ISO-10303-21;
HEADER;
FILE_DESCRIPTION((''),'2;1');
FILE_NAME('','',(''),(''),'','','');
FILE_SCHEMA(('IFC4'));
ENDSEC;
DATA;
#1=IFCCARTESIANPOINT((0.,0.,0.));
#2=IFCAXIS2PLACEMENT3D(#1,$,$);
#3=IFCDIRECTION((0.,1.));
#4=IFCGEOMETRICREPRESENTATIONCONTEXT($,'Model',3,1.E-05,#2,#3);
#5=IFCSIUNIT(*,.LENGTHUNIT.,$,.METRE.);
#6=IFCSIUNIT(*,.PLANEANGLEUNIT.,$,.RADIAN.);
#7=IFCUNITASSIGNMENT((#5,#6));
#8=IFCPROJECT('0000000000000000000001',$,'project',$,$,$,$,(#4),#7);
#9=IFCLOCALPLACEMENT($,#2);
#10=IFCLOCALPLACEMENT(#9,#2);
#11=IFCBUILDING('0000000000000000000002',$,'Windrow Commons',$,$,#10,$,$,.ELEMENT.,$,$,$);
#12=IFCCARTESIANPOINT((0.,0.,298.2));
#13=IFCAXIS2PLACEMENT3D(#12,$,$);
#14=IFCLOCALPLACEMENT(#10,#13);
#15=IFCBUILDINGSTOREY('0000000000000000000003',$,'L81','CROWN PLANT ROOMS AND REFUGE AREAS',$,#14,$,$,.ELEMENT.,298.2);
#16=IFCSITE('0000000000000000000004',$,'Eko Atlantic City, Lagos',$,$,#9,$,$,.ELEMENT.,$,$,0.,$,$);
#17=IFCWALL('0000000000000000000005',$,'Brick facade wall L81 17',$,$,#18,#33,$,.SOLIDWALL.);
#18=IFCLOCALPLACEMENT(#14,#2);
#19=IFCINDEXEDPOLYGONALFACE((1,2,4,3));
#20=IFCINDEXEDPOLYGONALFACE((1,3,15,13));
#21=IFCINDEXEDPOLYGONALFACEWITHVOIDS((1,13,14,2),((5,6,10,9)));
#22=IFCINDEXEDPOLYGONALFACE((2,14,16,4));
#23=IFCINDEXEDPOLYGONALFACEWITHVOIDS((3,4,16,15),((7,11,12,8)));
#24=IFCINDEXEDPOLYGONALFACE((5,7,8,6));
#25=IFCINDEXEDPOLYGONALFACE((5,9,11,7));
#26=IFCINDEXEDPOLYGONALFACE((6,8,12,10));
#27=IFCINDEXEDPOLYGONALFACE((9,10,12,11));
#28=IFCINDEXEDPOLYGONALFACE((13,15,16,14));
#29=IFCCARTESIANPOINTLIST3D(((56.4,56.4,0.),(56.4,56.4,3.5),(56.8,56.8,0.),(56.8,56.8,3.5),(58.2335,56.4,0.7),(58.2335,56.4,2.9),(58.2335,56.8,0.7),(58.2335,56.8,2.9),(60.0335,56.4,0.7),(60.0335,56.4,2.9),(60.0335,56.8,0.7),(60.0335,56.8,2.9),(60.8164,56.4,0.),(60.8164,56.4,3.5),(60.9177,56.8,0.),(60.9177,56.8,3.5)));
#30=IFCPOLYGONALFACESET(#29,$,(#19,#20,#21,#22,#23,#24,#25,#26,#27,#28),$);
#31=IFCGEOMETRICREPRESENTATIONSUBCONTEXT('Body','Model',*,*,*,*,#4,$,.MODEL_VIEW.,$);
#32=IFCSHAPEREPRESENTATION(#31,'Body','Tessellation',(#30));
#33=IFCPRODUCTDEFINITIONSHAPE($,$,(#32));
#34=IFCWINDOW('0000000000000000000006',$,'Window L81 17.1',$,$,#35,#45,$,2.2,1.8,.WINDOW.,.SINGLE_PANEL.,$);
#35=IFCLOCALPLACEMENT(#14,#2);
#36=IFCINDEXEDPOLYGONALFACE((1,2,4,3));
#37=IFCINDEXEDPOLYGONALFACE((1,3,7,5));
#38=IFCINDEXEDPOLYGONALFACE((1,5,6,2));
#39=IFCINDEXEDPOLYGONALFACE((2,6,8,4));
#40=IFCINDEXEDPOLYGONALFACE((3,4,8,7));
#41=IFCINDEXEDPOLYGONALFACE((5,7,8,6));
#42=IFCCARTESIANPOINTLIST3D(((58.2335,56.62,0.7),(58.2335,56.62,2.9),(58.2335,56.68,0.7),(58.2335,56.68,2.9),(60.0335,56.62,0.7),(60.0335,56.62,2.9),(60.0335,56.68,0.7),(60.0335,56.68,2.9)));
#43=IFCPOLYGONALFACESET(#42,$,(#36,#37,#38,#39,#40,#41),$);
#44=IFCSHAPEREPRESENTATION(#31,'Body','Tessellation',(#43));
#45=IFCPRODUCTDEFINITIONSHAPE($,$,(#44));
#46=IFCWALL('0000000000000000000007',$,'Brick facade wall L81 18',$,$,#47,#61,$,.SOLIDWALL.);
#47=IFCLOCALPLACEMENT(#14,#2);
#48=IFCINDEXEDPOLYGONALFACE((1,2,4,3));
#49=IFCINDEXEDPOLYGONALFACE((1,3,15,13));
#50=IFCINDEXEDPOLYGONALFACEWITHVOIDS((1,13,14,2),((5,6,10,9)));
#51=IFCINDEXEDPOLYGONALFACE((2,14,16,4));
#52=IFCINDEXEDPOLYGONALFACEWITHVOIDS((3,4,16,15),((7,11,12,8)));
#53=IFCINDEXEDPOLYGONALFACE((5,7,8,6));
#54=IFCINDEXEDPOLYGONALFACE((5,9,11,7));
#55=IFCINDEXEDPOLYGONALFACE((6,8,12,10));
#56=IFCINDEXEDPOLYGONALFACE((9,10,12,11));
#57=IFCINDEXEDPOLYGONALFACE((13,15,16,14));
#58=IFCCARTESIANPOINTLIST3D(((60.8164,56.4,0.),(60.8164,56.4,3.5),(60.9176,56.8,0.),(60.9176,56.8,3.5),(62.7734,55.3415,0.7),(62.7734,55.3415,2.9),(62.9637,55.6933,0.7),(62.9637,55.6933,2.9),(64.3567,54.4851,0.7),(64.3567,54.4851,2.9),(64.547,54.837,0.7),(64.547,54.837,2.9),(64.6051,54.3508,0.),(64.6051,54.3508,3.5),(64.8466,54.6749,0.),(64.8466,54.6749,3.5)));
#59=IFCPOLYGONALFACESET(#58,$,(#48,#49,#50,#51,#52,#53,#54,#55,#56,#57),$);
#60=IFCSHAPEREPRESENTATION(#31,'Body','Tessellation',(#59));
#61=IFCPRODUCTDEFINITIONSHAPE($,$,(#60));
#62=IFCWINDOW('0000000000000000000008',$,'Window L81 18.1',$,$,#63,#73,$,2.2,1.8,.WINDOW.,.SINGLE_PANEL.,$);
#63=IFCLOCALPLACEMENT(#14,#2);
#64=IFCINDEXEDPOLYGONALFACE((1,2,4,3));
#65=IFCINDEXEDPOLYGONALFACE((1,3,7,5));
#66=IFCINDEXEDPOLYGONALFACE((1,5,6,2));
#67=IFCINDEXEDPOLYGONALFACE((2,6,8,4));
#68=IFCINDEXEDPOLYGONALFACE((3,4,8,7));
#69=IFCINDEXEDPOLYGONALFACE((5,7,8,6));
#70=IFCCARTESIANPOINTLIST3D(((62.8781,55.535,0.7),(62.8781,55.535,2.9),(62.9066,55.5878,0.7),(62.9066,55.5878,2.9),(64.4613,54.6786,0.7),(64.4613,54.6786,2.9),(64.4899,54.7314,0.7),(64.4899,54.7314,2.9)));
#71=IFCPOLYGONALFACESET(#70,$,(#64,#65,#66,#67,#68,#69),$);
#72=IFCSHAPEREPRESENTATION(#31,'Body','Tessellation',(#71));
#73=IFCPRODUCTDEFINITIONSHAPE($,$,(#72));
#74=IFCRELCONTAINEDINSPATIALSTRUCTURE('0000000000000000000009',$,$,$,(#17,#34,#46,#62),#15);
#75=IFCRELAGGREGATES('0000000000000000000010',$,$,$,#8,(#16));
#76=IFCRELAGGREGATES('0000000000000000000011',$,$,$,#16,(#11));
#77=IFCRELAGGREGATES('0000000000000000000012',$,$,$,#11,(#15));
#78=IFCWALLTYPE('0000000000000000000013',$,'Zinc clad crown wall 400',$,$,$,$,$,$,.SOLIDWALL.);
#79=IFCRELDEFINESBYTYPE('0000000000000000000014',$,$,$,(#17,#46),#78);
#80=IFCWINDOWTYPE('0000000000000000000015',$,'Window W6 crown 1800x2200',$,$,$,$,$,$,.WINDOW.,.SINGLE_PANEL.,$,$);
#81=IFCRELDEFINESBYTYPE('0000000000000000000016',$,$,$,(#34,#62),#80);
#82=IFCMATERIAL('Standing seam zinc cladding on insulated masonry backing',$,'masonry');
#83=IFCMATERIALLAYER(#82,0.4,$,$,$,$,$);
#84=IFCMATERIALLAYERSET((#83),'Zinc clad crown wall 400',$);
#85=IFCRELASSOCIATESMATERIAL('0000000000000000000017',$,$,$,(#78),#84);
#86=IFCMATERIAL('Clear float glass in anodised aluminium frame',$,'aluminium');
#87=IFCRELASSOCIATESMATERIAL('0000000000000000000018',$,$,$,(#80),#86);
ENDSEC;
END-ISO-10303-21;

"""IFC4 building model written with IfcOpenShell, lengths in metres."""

from ifc_helpers import new_model, si_unit, direction, frame, frame_2d, origin, place, context, subcontext, project, spatial, polyline, rectangle, outline, extrude, material, layer, layer_set, type_object, element, fill, save


model = new_model("IFC4")

# Units and contexts
model_context = context("Model", 3, precision=1e-05, world=origin(), true_north=direction((0.0, 1.0)))
body_context = subcontext(model_context, "Body", "Model", "MODEL_VIEW")
ifc_project = project(units=[si_unit("LENGTHUNIT", "METRE"), si_unit("PLANEANGLEUNIT", "RADIAN")], contexts=[model_context])

# Site, building, storey
site_placement = place(None, origin())
site = spatial("IfcSite", under=ifc_project, at=site_placement, Name="Eko Atlantic City, Lagos", CompositionType="ELEMENT", RefElevation=0.0)
building_placement = place(site_placement, origin())
building = spatial("IfcBuilding", under=site, at=building_placement, Name="Windrow Commons", CompositionType="ELEMENT")
storey_placement = place(building_placement, frame((0.0, 0.0, 298.2)))
storey = spatial("IfcBuildingStorey", under=building, at=storey_placement, Name="L81", Description="CROWN PLANT ROOMS AND REFUGE AREAS", CompositionType="ELEMENT", Elevation=298.2)

# Walls, openings, windows
ifc_material_1 = material(Name="Standing seam zinc cladding on insulated masonry backing", Category="masonry")
ifc_layer_1 = layer(ifc_material_1, 0.4)
ifc_layer_set_1 = layer_set([ifc_layer_1], Name="Zinc clad crown wall 400")
wall_type_1 = type_object("IfcWallType", Name="Zinc clad crown wall 400", PredefinedType="SOLIDWALL", material=ifc_layer_set_1)
wall_1_placement = place(storey_placement, frame((56.6, 56.6, 0.0), z_axis=(0.0, 0.0, 1.0), x_axis=(1.0, 0.0, 0.0)))
wall_1 = element("IfcWall", 1, at=wall_1_placement, inside=storey, type_object=wall_type_1, Name="Brick facade wall L81 17", PredefinedType="SOLIDWALL", context=body_context, shape_type="SweptSolid", body=[
    extrude(outline(polyline([(-0.2, -0.2), (4.2164, -0.2), (4.3177, 0.2), (0.2, 0.2), (-0.2, -0.2)])), origin(), (0.0, 0.0, 1.0), 3.5),
])
opening_1_placement = place(wall_1_placement, frame((1.6335, 0.0, 0.7)))
opening_1 = element("IfcOpeningElement", 2, at=opening_1_placement, cuts=wall_1, PredefinedType="OPENING", context=body_context, shape_type="SweptSolid", body=[
    extrude(rectangle(XDim=1.8, YDim=2.2, at=frame_2d((0.9, 1.1))), frame((0.0, 0.21, 0.0), z_axis=(0.0, -1.0, 0.0), x_axis=(1.0, 0.0, 0.0)), (0.0, 0.0, 1.0), 0.42),
])
ifc_material_2 = material(Name="Clear float glass in anodised aluminium frame", Category="aluminium")
window_type = type_object("IfcWindowType", Name="Window W6 crown 1800x2200", PartitioningType="SINGLE_PANEL", PredefinedType="WINDOW", material=ifc_material_2)
window_1_placement = place(opening_1_placement, origin())
window_1 = element("IfcWindow", 3, at=window_1_placement, inside=storey, type_object=window_type, Name="Window L81 17.1", OverallHeight=2.2, OverallWidth=1.8, PartitioningType="SINGLE_PANEL", PredefinedType="WINDOW", context=body_context, shape_type="SweptSolid", body=[
    extrude(rectangle(XDim=1.8, YDim=2.2, at=frame_2d((0.9, 1.1))), frame((0.0, 0.08, 0.0), z_axis=(0.0, -1.0, 0.0), x_axis=(1.0, 0.0, 0.0)), (0.0, 0.0, 1.0), 0.06),
])
fill(opening_1, window_1)
wall_2_placement = place(storey_placement, frame((60.867, 56.6, 0.0), z_axis=(0.0, 0.0, 1.0), x_axis=(0.879582, -0.475748, 0.0)))
wall_2 = element("IfcWall", 4, at=wall_2_placement, inside=storey, type_object=wall_type_1, Name="Brick facade wall L81 18", PredefinedType="SOLIDWALL", context=body_context, shape_type="SweptSolid", body=[
    extrude(outline(polyline([(0.0506, -0.2), (4.358, -0.2), (4.4163, 0.2), (-0.0506, 0.2), (0.0506, -0.2)])), origin(), (0.0, 0.0, 1.0), 3.5),
])
opening_2_placement = place(wall_2_placement, frame((2.2756, 0.0, 0.7)))
opening_2 = element("IfcOpeningElement", 5, at=opening_2_placement, cuts=wall_2, PredefinedType="OPENING", context=body_context, shape_type="SweptSolid", body=[
    extrude(rectangle(XDim=1.8, YDim=2.2, at=frame_2d((0.9, 1.1))), frame((0.0, 0.21, 0.0), z_axis=(0.0, -1.0, 0.0), x_axis=(1.0, 0.0, 0.0)), (0.0, 0.0, 1.0), 0.42),
])
window_2_placement = place(opening_2_placement, origin())
window_2 = element("IfcWindow", 6, at=window_2_placement, inside=storey, type_object=window_type, Name="Window L81 18.1", OverallHeight=2.2, OverallWidth=1.8, PartitioningType="SINGLE_PANEL", PredefinedType="WINDOW", context=body_context, shape_type="SweptSolid", body=[
    extrude(rectangle(XDim=1.8, YDim=2.2, at=frame_2d((0.9, 1.1))), frame((0.0, 0.08, 0.0), z_axis=(0.0, -1.0, 0.0), x_axis=(1.0, 0.0, 0.0)), (0.0, 0.0, 1.0), 0.06),
])
fill(opening_2, window_2)

save(model, "model.ifc")
